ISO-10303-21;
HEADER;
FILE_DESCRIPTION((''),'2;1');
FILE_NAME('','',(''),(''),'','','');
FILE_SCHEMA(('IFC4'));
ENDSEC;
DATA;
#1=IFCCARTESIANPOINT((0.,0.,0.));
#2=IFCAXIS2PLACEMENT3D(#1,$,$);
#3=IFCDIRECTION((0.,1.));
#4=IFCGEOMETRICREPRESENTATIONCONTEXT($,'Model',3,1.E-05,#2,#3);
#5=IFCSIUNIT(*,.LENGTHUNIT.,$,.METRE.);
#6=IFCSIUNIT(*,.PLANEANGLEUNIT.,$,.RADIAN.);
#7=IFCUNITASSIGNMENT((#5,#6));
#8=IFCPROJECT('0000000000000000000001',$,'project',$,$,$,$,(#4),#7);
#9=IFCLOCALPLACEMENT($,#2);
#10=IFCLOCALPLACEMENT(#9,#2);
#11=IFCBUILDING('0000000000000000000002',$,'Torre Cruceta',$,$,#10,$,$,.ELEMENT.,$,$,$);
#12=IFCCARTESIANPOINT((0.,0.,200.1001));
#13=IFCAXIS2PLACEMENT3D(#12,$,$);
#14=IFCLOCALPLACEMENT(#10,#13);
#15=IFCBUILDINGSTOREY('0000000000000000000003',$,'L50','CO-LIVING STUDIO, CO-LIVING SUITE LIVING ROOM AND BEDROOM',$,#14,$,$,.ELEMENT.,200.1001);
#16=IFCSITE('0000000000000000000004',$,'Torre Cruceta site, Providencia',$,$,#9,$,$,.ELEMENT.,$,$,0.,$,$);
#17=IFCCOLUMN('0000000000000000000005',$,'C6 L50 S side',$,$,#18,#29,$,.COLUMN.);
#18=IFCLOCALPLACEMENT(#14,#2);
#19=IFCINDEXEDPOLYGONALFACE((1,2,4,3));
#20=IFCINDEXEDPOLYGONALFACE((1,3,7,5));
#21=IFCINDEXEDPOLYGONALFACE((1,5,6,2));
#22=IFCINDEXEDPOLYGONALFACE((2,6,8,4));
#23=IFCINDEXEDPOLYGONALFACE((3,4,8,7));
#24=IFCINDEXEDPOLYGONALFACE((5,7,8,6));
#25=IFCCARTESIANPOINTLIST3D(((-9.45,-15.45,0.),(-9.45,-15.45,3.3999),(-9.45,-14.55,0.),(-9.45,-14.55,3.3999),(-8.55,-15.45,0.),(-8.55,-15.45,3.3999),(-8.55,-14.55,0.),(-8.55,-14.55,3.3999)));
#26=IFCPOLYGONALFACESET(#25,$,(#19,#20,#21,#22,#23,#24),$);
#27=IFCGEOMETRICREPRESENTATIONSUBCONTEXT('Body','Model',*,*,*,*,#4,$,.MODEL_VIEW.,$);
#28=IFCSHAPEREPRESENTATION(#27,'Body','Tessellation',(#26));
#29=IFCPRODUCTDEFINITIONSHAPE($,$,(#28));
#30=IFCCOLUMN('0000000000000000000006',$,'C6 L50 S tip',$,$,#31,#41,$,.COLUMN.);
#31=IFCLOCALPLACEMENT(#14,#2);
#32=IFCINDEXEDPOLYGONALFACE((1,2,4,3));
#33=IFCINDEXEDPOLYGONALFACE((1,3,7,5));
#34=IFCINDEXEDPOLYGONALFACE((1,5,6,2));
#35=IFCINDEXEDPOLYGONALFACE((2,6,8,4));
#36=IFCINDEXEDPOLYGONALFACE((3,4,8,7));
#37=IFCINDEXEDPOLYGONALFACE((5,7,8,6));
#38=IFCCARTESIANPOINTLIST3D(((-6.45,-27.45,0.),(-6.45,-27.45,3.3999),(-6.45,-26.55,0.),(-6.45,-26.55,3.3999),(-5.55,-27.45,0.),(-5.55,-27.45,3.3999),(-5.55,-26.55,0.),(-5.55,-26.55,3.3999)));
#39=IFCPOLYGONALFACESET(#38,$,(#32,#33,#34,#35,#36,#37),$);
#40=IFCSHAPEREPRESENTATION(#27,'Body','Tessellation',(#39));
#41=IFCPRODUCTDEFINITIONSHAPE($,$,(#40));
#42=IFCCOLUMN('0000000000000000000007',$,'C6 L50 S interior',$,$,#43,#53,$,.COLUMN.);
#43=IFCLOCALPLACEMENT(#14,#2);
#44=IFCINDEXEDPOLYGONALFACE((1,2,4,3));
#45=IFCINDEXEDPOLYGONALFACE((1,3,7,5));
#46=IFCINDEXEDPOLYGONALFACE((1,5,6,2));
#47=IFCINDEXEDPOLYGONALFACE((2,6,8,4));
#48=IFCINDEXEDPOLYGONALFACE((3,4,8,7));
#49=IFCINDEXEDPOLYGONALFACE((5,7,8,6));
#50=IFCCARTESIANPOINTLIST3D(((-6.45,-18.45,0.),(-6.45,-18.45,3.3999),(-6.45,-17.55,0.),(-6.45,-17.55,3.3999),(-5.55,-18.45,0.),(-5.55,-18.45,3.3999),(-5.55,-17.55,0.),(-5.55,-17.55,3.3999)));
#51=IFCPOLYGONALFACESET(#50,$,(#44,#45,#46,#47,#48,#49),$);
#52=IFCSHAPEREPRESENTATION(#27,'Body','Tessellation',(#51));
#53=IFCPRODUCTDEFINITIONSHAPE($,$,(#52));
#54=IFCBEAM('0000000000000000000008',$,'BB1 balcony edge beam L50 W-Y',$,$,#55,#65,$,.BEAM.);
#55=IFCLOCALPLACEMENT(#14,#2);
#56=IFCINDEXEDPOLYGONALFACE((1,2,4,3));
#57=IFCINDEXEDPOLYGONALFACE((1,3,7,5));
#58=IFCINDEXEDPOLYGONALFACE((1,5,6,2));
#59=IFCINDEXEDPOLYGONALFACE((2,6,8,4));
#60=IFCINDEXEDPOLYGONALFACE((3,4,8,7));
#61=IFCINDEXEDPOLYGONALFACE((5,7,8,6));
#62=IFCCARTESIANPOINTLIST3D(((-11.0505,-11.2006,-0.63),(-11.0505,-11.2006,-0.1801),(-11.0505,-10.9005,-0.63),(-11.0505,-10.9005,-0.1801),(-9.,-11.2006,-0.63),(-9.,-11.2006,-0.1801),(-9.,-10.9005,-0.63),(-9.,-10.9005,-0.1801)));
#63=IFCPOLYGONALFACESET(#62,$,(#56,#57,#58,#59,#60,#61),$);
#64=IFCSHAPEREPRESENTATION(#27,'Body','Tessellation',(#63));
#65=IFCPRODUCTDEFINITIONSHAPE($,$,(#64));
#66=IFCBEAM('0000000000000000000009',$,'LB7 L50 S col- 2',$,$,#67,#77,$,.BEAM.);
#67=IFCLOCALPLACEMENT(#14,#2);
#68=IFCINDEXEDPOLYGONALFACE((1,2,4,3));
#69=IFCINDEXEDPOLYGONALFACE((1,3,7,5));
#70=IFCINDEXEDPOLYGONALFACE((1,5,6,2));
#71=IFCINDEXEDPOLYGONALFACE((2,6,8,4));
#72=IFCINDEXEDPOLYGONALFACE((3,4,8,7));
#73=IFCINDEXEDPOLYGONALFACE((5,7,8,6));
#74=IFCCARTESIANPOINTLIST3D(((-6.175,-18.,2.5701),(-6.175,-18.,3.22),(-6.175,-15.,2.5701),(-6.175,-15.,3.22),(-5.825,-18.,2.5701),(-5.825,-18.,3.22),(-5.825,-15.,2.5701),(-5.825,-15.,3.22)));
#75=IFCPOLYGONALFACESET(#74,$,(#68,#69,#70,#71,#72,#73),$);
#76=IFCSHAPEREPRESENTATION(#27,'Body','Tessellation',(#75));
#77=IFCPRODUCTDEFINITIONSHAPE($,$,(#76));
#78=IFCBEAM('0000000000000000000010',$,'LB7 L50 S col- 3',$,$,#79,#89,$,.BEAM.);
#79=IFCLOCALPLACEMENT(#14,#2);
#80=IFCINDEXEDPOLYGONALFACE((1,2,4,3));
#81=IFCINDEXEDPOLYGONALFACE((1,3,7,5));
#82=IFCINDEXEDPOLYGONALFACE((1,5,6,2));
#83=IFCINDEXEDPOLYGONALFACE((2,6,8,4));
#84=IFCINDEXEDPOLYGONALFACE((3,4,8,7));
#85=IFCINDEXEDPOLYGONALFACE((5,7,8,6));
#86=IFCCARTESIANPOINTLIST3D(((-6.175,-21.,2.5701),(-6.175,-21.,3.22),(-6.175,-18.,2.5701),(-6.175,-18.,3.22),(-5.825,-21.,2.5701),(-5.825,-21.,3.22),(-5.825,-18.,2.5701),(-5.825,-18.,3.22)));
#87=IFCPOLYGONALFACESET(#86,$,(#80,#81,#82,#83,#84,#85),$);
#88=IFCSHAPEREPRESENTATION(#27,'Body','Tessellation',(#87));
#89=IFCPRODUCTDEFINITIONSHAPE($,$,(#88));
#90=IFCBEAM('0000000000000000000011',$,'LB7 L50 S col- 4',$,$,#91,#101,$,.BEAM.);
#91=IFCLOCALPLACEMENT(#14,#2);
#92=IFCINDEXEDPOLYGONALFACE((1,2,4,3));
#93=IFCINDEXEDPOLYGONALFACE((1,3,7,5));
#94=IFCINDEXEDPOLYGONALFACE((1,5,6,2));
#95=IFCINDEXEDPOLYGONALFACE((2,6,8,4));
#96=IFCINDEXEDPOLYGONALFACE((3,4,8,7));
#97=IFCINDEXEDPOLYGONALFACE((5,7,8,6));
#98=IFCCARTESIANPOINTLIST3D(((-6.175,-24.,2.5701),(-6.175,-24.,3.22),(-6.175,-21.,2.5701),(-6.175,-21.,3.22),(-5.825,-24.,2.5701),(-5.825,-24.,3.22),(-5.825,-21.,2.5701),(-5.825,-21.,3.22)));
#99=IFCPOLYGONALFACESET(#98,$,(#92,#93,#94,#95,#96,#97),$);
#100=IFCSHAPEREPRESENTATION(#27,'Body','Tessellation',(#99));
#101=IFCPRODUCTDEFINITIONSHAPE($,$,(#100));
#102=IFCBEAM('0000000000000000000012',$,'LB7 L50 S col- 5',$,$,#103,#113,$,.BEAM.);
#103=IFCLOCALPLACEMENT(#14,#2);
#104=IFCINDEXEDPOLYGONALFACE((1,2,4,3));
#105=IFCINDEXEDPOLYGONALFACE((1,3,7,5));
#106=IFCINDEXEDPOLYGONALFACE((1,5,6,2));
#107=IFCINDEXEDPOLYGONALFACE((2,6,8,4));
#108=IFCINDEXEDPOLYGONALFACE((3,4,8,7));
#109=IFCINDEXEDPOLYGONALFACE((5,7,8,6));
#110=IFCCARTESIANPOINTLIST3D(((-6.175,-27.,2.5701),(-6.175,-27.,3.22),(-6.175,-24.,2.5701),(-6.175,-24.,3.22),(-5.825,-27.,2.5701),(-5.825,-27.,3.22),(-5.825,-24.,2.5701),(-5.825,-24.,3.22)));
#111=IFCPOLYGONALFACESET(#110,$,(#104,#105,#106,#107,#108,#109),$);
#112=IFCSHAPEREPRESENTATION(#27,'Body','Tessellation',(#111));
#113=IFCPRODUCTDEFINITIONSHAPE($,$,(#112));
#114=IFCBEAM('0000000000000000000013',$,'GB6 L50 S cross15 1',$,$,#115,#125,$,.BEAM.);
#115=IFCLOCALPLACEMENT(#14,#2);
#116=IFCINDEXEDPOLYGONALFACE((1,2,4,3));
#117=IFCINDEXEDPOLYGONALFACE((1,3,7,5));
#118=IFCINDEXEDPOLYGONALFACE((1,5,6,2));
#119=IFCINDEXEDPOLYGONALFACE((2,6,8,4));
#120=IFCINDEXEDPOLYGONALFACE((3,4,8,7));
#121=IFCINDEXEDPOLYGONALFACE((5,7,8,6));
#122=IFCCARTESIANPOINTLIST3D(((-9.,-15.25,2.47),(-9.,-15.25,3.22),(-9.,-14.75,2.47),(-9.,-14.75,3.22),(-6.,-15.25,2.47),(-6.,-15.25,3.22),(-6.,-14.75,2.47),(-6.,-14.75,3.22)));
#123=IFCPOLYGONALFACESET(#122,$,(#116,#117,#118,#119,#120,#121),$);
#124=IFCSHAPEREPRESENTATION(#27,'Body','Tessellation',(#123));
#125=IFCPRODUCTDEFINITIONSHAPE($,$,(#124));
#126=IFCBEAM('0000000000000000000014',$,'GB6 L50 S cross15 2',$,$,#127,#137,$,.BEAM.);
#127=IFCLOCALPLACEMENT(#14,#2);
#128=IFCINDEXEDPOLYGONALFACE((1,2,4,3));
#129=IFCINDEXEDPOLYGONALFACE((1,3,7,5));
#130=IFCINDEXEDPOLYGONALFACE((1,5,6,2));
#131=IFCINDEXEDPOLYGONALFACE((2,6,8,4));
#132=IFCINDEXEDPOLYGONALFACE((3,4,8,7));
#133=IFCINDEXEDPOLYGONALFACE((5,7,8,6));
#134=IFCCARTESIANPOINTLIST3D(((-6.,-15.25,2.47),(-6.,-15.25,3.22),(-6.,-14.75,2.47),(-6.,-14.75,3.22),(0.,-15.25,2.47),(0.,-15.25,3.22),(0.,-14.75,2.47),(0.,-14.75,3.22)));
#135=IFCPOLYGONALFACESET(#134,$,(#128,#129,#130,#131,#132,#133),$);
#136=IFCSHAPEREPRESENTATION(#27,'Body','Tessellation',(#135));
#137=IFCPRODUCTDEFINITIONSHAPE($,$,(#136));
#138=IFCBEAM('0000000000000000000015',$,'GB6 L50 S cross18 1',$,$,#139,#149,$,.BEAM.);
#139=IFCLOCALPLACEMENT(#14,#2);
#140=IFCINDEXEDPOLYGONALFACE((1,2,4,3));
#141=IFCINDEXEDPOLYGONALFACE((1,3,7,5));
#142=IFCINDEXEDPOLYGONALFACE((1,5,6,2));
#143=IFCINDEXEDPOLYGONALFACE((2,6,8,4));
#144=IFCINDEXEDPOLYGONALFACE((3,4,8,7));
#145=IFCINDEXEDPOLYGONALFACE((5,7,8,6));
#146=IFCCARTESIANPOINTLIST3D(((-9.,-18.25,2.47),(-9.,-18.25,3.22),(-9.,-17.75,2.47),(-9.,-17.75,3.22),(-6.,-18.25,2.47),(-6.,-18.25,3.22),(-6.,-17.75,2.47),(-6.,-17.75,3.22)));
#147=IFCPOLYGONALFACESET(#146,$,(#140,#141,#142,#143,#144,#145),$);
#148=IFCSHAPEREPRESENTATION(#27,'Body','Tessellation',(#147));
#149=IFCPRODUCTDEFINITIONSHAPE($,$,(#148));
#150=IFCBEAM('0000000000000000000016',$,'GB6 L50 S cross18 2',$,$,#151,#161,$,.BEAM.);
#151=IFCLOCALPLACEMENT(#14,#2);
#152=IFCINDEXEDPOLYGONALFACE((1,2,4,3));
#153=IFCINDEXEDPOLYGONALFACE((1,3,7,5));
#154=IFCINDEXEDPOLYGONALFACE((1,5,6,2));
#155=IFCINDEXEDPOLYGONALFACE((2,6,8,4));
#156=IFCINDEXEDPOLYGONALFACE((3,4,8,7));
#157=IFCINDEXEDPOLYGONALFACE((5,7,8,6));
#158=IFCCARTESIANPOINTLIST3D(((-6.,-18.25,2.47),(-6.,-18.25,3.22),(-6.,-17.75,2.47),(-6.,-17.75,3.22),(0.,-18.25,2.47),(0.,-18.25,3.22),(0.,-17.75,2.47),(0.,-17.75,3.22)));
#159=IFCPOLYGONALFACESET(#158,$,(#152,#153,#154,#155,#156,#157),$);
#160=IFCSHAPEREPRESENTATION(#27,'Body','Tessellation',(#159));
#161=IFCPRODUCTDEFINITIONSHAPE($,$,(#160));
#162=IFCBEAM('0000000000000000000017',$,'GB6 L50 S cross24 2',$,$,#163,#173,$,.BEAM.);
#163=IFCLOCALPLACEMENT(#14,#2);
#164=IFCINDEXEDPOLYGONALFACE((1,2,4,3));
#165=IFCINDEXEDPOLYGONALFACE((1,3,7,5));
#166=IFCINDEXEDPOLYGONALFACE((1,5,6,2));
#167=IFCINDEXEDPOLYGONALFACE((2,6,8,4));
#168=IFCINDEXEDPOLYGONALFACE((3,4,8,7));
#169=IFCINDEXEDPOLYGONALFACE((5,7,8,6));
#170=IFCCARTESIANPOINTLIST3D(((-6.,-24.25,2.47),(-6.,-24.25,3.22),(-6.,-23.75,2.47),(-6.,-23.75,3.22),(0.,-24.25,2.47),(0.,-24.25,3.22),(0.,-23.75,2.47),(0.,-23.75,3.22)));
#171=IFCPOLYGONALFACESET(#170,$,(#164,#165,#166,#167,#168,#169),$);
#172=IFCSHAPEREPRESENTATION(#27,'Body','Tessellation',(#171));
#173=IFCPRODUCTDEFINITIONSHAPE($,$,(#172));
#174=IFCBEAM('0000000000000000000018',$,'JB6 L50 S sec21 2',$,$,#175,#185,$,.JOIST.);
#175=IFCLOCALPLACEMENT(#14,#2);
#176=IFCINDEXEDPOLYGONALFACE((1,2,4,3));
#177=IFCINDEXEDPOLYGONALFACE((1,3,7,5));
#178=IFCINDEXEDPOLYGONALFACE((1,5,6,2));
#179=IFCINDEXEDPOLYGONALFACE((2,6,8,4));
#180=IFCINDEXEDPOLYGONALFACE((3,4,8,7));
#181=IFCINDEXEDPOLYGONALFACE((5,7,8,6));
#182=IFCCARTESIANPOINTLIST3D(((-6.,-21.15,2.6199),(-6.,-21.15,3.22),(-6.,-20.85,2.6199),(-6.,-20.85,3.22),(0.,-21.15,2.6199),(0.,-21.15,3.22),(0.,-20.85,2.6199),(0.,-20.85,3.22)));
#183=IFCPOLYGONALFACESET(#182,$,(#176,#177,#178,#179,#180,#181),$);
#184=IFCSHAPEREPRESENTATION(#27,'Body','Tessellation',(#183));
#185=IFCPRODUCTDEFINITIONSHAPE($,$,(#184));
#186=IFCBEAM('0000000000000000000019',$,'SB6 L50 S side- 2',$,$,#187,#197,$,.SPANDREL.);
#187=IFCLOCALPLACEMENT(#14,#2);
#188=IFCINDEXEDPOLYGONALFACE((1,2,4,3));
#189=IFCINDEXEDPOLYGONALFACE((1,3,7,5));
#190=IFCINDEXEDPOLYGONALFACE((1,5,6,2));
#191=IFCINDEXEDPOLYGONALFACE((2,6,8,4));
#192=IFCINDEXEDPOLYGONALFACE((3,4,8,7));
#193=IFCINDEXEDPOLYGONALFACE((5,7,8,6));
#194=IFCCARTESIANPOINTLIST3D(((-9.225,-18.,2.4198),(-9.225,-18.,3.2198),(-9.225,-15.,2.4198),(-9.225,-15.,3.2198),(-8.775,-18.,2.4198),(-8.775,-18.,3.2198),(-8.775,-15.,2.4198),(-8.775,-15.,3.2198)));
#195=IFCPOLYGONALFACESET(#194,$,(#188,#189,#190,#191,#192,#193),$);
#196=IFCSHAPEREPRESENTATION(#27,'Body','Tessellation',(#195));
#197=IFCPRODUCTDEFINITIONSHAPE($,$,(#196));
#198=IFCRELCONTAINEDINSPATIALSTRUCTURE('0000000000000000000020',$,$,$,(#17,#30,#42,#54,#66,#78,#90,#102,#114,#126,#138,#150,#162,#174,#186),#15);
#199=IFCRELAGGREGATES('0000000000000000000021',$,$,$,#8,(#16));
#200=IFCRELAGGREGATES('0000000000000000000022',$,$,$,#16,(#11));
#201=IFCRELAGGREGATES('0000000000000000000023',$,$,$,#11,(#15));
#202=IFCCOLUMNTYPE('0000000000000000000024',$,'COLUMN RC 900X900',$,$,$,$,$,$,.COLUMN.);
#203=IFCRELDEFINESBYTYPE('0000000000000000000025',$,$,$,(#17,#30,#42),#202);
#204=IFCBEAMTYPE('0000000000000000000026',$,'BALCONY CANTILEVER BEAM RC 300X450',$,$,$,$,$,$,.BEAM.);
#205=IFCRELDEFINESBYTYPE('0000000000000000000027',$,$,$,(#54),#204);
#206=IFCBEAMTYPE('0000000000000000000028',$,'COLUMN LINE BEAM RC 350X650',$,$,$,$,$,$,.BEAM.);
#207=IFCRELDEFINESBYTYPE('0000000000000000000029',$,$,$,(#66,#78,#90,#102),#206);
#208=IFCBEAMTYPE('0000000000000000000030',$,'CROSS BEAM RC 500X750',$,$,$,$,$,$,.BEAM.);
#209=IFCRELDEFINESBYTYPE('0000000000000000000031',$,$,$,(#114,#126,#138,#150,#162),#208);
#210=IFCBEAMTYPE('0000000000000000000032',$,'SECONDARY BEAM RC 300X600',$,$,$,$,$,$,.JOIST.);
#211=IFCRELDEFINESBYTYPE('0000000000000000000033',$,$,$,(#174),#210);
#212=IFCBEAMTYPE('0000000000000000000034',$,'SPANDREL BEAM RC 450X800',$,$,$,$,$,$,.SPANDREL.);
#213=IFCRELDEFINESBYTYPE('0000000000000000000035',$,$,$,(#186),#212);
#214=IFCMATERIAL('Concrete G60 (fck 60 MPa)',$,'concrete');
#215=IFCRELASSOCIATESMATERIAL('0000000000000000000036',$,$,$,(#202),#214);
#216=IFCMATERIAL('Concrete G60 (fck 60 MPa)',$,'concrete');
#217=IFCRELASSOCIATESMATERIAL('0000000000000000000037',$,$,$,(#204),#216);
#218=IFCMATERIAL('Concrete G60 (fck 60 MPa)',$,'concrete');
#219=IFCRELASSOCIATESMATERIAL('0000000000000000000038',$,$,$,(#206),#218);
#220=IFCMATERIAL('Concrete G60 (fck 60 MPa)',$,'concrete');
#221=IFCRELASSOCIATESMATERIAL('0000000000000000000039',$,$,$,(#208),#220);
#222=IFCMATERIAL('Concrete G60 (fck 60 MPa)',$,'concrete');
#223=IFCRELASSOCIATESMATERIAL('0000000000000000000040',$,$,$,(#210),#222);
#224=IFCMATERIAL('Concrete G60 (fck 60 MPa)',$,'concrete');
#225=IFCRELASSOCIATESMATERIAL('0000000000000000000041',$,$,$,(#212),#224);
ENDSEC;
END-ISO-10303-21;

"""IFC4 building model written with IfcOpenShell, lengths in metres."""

from ifc_helpers import new_model, si_unit, direction, frame, origin, origin_2d, place, context, subcontext, project, spatial, rectangle, extrude, material, material_profile, profile_set, type_object, element, save


model = new_model("IFC4")

# Units and contexts
model_context = context("Model", 3, precision=1e-05, world=origin(), true_north=direction((0.0, 1.0)))
body_context = subcontext(model_context, "Body", "Model", "MODEL_VIEW")
ifc_project = project(units=[si_unit("LENGTHUNIT", "METRE"), si_unit("PLANEANGLEUNIT", "RADIAN")], contexts=[model_context])

# Site, building, storey
site_placement = place(None, origin())
site = spatial("IfcSite", under=ifc_project, at=site_placement, Name="Torre Cruceta site, Providencia", CompositionType="ELEMENT", RefElevation=0.0)
building_placement = place(site_placement, origin())
building = spatial("IfcBuilding", under=site, at=building_placement, Name="Torre Cruceta", CompositionType="ELEMENT")
storey_placement = place(building_placement, frame((0.0, 0.0, 200.1001)))
storey = spatial("IfcBuildingStorey", under=building, at=storey_placement, Name="L50", Description="CO-LIVING STUDIO, CO-LIVING SUITE LIVING ROOM AND BEDROOM", CompositionType="ELEMENT", Elevation=200.1001)

# Columns
ifc_material_1 = material(Name="Concrete G60 (fck 60 MPa)", Category="concrete")
ifc_material_profile_1 = material_profile(ifc_material_1, rectangle(XDim=0.8999, YDim=0.8999, at=origin_2d()), Name="RC 900X900")
ifc_profile_set_1 = profile_set([ifc_material_profile_1], Name="Concrete G60 (fck 60 MPa)")
column_type = type_object("IfcColumnType", Name="COLUMN RC 900X900", PredefinedType="COLUMN", material=ifc_profile_set_1)
for number, where, z_axis, x_axis, name in (
    (1, (-9.0, -15.0, 0.0), (0.0, 0.0, 1.0), (1.0, 0.0, 0.0), "C6 L50 S side"),
    (2, (-6.0, -27.0, 0.0), (0.0, 0.0, 1.0), (1.0, 0.0, 0.0), "C6 L50 S tip"),
    (3, (-6.0, -18.0, 0.0), (0.0, 0.0, 1.0), (1.0, 0.0, 0.0), "C6 L50 S interior"),
):
    element("IfcColumn", number, at=place(storey_placement, frame(where, z_axis=z_axis, x_axis=x_axis)), inside=storey, type_object=column_type, Name=name, PredefinedType="COLUMN", context=body_context, shape_type="SweptSolid", body=[
        extrude(rectangle(XDim=0.8999, YDim=0.8999, at=origin_2d()), origin(), (0.0, 0.0, 1.0), 3.3999),
    ])

# Beams
ifc_material_2 = material(Name="Concrete G60 (fck 60 MPa)", Category="concrete")
ifc_material_profile_2 = material_profile(ifc_material_2, rectangle(XDim=0.3, YDim=0.45, at=origin_2d()), Name="RC 300X450")
ifc_profile_set_2 = profile_set([ifc_material_profile_2], Name="Concrete G60 (fck 60 MPa)")
beam_type_1 = type_object("IfcBeamType", Name="BALCONY CANTILEVER BEAM RC 300X450", PredefinedType="BEAM", material=ifc_profile_set_2)
beam_1_placement = place(storey_placement, frame((-9.0, -11.0505, -0.405), z_axis=(-1.0, 0.0, 0.0), x_axis=(0.0, -1.0, 0.0)))
element("IfcBeam", 4, at=beam_1_placement, inside=storey, type_object=beam_type_1, Name="BB1 balcony edge beam L50 W-Y", PredefinedType="BEAM", context=body_context, shape_type="SweptSolid", body=[
    extrude(rectangle(XDim=0.3, YDim=0.45, at=origin_2d()), origin(), (0.0, 0.0, 1.0), 2.0505),
])
ifc_material_3 = material(Name="Concrete G60 (fck 60 MPa)", Category="concrete")
ifc_material_profile_3 = material_profile(ifc_material_3, rectangle(XDim=0.3501, YDim=0.6499, at=origin_2d()), Name="RC 350X650")
ifc_profile_set_3 = profile_set([ifc_material_profile_3], Name="Concrete G60 (fck 60 MPa)")
beam_type_2 = type_object("IfcBeamType", Name="COLUMN LINE BEAM RC 350X650", PredefinedType="BEAM", material=ifc_profile_set_3)
for number, where, z_axis, x_axis, name in (
    (5, (-6.0, -15.0, 2.895), (0.0, -1.0, 0.0), (1.0, 0.0, 0.0), "LB7 L50 S col- 2"),
    (6, (-6.0, -18.0, 2.895), (0.0, -1.0, 0.0), (1.0, 0.0, 0.0), "LB7 L50 S col- 3"),
    (7, (-6.0, -21.0, 2.895), (0.0, -1.0, 0.0), (1.0, 0.0, 0.0), "LB7 L50 S col- 4"),
    (8, (-6.0, -24.0, 2.895), (0.0, -1.0, 0.0), (1.0, 0.0, 0.0), "LB7 L50 S col- 5"),
):
    element("IfcBeam", number, at=place(storey_placement, frame(where, z_axis=z_axis, x_axis=x_axis)), inside=storey, type_object=beam_type_2, Name=name, PredefinedType="BEAM", context=body_context, shape_type="SweptSolid", body=[
        extrude(rectangle(XDim=0.3501, YDim=0.6499, at=origin_2d()), origin(), (0.0, 0.0, 1.0), 3.0),
    ])
ifc_material_4 = material(Name="Concrete G60 (fck 60 MPa)", Category="concrete")
ifc_material_profile_4 = material_profile(ifc_material_4, rectangle(XDim=0.5, YDim=0.75, at=origin_2d()), Name="RC 500X750")
ifc_profile_set_4 = profile_set([ifc_material_profile_4], Name="Concrete G60 (fck 60 MPa)")
beam_type_3 = type_object("IfcBeamType", Name="CROSS BEAM RC 500X750", PredefinedType="BEAM", material=ifc_profile_set_4)
beam_2_placement = place(storey_placement, frame((-9.0, -15.0, 2.845), z_axis=(1.0, 0.0, 0.0), x_axis=(0.0, 1.0, 0.0)))
element("IfcBeam", 9, at=beam_2_placement, inside=storey, type_object=beam_type_3, Name="GB6 L50 S cross15 1", PredefinedType="BEAM", context=body_context, shape_type="SweptSolid", body=[
    extrude(rectangle(XDim=0.5, YDim=0.75, at=origin_2d()), origin(), (0.0, 0.0, 1.0), 3.0),
])
beam_3_placement = place(storey_placement, frame((-6.0, -15.0, 2.845), z_axis=(1.0, 0.0, 0.0), x_axis=(0.0, 1.0, 0.0)))
element("IfcBeam", 10, at=beam_3_placement, inside=storey, type_object=beam_type_3, Name="GB6 L50 S cross15 2", PredefinedType="BEAM", context=body_context, shape_type="SweptSolid", body=[
    extrude(rectangle(XDim=0.5, YDim=0.75, at=origin_2d()), origin(), (0.0, 0.0, 1.0), 6.0),
])
beam_4_placement = place(storey_placement, frame((-9.0, -18.0, 2.845), z_axis=(1.0, 0.0, 0.0), x_axis=(0.0, 1.0, 0.0)))
element("IfcBeam", 11, at=beam_4_placement, inside=storey, type_object=beam_type_3, Name="GB6 L50 S cross18 1", PredefinedType="BEAM", context=body_context, shape_type="SweptSolid", body=[
    extrude(rectangle(XDim=0.5, YDim=0.75, at=origin_2d()), origin(), (0.0, 0.0, 1.0), 3.0),
])
for number, where, z_axis, x_axis, name in (
    (12, (-6.0, -18.0, 2.845), (1.0, 0.0, 0.0), (0.0, 1.0, 0.0), "GB6 L50 S cross18 2"),
    (13, (-6.0, -24.0, 2.845), (1.0, 0.0, 0.0), (0.0, 1.0, 0.0), "GB6 L50 S cross24 2"),
):
    element("IfcBeam", number, at=place(storey_placement, frame(where, z_axis=z_axis, x_axis=x_axis)), inside=storey, type_object=beam_type_3, Name=name, PredefinedType="BEAM", context=body_context, shape_type="SweptSolid", body=[
        extrude(rectangle(XDim=0.5, YDim=0.75, at=origin_2d()), origin(), (0.0, 0.0, 1.0), 6.0),
    ])
ifc_material_5 = material(Name="Concrete G60 (fck 60 MPa)", Category="concrete")
ifc_material_profile_5 = material_profile(ifc_material_5, rectangle(XDim=0.3, YDim=0.6001, at=origin_2d()), Name="RC 300X600")
ifc_profile_set_5 = profile_set([ifc_material_profile_5], Name="Concrete G60 (fck 60 MPa)")
beam_type_4 = type_object("IfcBeamType", Name="SECONDARY BEAM RC 300X600", PredefinedType="JOIST", material=ifc_profile_set_5)
beam_5_placement = place(storey_placement, frame((-6.0, -21.0, 2.9199), z_axis=(1.0, 0.0, 0.0), x_axis=(0.0, 1.0, 0.0)))
element("IfcBeam", 14, at=beam_5_placement, inside=storey, type_object=beam_type_4, Name="JB6 L50 S sec21 2", PredefinedType="JOIST", context=body_context, shape_type="SweptSolid", body=[
    extrude(rectangle(XDim=0.3, YDim=0.6001, at=origin_2d()), origin(), (0.0, 0.0, 1.0), 6.0),
])
ifc_material_6 = material(Name="Concrete G60 (fck 60 MPa)", Category="concrete")
ifc_material_profile_6 = material_profile(ifc_material_6, rectangle(XDim=0.45, YDim=0.8, at=origin_2d()), Name="RC 450X800")
ifc_profile_set_6 = profile_set([ifc_material_profile_6], Name="Concrete G60 (fck 60 MPa)")
beam_type_5 = type_object("IfcBeamType", Name="SPANDREL BEAM RC 450X800", PredefinedType="SPANDREL", material=ifc_profile_set_6)
for number, where, z_axis, x_axis, name in (
    (15, (-9.0, -15.0, 2.8198), (0.0, -1.0, 0.0), (1.0, 0.0, 0.0), "SB6 L50 S side- 2"),
):
    element("IfcBeam", number, at=place(storey_placement, frame(where, z_axis=z_axis, x_axis=x_axis)), inside=storey, type_object=beam_type_5, Name=name, PredefinedType="SPANDREL", context=body_context, shape_type="SweptSolid", body=[
        extrude(rectangle(XDim=0.45, YDim=0.8, at=origin_2d()), origin(), (0.0, 0.0, 1.0), 3.0),
    ])

save(model, "model.ifc")
